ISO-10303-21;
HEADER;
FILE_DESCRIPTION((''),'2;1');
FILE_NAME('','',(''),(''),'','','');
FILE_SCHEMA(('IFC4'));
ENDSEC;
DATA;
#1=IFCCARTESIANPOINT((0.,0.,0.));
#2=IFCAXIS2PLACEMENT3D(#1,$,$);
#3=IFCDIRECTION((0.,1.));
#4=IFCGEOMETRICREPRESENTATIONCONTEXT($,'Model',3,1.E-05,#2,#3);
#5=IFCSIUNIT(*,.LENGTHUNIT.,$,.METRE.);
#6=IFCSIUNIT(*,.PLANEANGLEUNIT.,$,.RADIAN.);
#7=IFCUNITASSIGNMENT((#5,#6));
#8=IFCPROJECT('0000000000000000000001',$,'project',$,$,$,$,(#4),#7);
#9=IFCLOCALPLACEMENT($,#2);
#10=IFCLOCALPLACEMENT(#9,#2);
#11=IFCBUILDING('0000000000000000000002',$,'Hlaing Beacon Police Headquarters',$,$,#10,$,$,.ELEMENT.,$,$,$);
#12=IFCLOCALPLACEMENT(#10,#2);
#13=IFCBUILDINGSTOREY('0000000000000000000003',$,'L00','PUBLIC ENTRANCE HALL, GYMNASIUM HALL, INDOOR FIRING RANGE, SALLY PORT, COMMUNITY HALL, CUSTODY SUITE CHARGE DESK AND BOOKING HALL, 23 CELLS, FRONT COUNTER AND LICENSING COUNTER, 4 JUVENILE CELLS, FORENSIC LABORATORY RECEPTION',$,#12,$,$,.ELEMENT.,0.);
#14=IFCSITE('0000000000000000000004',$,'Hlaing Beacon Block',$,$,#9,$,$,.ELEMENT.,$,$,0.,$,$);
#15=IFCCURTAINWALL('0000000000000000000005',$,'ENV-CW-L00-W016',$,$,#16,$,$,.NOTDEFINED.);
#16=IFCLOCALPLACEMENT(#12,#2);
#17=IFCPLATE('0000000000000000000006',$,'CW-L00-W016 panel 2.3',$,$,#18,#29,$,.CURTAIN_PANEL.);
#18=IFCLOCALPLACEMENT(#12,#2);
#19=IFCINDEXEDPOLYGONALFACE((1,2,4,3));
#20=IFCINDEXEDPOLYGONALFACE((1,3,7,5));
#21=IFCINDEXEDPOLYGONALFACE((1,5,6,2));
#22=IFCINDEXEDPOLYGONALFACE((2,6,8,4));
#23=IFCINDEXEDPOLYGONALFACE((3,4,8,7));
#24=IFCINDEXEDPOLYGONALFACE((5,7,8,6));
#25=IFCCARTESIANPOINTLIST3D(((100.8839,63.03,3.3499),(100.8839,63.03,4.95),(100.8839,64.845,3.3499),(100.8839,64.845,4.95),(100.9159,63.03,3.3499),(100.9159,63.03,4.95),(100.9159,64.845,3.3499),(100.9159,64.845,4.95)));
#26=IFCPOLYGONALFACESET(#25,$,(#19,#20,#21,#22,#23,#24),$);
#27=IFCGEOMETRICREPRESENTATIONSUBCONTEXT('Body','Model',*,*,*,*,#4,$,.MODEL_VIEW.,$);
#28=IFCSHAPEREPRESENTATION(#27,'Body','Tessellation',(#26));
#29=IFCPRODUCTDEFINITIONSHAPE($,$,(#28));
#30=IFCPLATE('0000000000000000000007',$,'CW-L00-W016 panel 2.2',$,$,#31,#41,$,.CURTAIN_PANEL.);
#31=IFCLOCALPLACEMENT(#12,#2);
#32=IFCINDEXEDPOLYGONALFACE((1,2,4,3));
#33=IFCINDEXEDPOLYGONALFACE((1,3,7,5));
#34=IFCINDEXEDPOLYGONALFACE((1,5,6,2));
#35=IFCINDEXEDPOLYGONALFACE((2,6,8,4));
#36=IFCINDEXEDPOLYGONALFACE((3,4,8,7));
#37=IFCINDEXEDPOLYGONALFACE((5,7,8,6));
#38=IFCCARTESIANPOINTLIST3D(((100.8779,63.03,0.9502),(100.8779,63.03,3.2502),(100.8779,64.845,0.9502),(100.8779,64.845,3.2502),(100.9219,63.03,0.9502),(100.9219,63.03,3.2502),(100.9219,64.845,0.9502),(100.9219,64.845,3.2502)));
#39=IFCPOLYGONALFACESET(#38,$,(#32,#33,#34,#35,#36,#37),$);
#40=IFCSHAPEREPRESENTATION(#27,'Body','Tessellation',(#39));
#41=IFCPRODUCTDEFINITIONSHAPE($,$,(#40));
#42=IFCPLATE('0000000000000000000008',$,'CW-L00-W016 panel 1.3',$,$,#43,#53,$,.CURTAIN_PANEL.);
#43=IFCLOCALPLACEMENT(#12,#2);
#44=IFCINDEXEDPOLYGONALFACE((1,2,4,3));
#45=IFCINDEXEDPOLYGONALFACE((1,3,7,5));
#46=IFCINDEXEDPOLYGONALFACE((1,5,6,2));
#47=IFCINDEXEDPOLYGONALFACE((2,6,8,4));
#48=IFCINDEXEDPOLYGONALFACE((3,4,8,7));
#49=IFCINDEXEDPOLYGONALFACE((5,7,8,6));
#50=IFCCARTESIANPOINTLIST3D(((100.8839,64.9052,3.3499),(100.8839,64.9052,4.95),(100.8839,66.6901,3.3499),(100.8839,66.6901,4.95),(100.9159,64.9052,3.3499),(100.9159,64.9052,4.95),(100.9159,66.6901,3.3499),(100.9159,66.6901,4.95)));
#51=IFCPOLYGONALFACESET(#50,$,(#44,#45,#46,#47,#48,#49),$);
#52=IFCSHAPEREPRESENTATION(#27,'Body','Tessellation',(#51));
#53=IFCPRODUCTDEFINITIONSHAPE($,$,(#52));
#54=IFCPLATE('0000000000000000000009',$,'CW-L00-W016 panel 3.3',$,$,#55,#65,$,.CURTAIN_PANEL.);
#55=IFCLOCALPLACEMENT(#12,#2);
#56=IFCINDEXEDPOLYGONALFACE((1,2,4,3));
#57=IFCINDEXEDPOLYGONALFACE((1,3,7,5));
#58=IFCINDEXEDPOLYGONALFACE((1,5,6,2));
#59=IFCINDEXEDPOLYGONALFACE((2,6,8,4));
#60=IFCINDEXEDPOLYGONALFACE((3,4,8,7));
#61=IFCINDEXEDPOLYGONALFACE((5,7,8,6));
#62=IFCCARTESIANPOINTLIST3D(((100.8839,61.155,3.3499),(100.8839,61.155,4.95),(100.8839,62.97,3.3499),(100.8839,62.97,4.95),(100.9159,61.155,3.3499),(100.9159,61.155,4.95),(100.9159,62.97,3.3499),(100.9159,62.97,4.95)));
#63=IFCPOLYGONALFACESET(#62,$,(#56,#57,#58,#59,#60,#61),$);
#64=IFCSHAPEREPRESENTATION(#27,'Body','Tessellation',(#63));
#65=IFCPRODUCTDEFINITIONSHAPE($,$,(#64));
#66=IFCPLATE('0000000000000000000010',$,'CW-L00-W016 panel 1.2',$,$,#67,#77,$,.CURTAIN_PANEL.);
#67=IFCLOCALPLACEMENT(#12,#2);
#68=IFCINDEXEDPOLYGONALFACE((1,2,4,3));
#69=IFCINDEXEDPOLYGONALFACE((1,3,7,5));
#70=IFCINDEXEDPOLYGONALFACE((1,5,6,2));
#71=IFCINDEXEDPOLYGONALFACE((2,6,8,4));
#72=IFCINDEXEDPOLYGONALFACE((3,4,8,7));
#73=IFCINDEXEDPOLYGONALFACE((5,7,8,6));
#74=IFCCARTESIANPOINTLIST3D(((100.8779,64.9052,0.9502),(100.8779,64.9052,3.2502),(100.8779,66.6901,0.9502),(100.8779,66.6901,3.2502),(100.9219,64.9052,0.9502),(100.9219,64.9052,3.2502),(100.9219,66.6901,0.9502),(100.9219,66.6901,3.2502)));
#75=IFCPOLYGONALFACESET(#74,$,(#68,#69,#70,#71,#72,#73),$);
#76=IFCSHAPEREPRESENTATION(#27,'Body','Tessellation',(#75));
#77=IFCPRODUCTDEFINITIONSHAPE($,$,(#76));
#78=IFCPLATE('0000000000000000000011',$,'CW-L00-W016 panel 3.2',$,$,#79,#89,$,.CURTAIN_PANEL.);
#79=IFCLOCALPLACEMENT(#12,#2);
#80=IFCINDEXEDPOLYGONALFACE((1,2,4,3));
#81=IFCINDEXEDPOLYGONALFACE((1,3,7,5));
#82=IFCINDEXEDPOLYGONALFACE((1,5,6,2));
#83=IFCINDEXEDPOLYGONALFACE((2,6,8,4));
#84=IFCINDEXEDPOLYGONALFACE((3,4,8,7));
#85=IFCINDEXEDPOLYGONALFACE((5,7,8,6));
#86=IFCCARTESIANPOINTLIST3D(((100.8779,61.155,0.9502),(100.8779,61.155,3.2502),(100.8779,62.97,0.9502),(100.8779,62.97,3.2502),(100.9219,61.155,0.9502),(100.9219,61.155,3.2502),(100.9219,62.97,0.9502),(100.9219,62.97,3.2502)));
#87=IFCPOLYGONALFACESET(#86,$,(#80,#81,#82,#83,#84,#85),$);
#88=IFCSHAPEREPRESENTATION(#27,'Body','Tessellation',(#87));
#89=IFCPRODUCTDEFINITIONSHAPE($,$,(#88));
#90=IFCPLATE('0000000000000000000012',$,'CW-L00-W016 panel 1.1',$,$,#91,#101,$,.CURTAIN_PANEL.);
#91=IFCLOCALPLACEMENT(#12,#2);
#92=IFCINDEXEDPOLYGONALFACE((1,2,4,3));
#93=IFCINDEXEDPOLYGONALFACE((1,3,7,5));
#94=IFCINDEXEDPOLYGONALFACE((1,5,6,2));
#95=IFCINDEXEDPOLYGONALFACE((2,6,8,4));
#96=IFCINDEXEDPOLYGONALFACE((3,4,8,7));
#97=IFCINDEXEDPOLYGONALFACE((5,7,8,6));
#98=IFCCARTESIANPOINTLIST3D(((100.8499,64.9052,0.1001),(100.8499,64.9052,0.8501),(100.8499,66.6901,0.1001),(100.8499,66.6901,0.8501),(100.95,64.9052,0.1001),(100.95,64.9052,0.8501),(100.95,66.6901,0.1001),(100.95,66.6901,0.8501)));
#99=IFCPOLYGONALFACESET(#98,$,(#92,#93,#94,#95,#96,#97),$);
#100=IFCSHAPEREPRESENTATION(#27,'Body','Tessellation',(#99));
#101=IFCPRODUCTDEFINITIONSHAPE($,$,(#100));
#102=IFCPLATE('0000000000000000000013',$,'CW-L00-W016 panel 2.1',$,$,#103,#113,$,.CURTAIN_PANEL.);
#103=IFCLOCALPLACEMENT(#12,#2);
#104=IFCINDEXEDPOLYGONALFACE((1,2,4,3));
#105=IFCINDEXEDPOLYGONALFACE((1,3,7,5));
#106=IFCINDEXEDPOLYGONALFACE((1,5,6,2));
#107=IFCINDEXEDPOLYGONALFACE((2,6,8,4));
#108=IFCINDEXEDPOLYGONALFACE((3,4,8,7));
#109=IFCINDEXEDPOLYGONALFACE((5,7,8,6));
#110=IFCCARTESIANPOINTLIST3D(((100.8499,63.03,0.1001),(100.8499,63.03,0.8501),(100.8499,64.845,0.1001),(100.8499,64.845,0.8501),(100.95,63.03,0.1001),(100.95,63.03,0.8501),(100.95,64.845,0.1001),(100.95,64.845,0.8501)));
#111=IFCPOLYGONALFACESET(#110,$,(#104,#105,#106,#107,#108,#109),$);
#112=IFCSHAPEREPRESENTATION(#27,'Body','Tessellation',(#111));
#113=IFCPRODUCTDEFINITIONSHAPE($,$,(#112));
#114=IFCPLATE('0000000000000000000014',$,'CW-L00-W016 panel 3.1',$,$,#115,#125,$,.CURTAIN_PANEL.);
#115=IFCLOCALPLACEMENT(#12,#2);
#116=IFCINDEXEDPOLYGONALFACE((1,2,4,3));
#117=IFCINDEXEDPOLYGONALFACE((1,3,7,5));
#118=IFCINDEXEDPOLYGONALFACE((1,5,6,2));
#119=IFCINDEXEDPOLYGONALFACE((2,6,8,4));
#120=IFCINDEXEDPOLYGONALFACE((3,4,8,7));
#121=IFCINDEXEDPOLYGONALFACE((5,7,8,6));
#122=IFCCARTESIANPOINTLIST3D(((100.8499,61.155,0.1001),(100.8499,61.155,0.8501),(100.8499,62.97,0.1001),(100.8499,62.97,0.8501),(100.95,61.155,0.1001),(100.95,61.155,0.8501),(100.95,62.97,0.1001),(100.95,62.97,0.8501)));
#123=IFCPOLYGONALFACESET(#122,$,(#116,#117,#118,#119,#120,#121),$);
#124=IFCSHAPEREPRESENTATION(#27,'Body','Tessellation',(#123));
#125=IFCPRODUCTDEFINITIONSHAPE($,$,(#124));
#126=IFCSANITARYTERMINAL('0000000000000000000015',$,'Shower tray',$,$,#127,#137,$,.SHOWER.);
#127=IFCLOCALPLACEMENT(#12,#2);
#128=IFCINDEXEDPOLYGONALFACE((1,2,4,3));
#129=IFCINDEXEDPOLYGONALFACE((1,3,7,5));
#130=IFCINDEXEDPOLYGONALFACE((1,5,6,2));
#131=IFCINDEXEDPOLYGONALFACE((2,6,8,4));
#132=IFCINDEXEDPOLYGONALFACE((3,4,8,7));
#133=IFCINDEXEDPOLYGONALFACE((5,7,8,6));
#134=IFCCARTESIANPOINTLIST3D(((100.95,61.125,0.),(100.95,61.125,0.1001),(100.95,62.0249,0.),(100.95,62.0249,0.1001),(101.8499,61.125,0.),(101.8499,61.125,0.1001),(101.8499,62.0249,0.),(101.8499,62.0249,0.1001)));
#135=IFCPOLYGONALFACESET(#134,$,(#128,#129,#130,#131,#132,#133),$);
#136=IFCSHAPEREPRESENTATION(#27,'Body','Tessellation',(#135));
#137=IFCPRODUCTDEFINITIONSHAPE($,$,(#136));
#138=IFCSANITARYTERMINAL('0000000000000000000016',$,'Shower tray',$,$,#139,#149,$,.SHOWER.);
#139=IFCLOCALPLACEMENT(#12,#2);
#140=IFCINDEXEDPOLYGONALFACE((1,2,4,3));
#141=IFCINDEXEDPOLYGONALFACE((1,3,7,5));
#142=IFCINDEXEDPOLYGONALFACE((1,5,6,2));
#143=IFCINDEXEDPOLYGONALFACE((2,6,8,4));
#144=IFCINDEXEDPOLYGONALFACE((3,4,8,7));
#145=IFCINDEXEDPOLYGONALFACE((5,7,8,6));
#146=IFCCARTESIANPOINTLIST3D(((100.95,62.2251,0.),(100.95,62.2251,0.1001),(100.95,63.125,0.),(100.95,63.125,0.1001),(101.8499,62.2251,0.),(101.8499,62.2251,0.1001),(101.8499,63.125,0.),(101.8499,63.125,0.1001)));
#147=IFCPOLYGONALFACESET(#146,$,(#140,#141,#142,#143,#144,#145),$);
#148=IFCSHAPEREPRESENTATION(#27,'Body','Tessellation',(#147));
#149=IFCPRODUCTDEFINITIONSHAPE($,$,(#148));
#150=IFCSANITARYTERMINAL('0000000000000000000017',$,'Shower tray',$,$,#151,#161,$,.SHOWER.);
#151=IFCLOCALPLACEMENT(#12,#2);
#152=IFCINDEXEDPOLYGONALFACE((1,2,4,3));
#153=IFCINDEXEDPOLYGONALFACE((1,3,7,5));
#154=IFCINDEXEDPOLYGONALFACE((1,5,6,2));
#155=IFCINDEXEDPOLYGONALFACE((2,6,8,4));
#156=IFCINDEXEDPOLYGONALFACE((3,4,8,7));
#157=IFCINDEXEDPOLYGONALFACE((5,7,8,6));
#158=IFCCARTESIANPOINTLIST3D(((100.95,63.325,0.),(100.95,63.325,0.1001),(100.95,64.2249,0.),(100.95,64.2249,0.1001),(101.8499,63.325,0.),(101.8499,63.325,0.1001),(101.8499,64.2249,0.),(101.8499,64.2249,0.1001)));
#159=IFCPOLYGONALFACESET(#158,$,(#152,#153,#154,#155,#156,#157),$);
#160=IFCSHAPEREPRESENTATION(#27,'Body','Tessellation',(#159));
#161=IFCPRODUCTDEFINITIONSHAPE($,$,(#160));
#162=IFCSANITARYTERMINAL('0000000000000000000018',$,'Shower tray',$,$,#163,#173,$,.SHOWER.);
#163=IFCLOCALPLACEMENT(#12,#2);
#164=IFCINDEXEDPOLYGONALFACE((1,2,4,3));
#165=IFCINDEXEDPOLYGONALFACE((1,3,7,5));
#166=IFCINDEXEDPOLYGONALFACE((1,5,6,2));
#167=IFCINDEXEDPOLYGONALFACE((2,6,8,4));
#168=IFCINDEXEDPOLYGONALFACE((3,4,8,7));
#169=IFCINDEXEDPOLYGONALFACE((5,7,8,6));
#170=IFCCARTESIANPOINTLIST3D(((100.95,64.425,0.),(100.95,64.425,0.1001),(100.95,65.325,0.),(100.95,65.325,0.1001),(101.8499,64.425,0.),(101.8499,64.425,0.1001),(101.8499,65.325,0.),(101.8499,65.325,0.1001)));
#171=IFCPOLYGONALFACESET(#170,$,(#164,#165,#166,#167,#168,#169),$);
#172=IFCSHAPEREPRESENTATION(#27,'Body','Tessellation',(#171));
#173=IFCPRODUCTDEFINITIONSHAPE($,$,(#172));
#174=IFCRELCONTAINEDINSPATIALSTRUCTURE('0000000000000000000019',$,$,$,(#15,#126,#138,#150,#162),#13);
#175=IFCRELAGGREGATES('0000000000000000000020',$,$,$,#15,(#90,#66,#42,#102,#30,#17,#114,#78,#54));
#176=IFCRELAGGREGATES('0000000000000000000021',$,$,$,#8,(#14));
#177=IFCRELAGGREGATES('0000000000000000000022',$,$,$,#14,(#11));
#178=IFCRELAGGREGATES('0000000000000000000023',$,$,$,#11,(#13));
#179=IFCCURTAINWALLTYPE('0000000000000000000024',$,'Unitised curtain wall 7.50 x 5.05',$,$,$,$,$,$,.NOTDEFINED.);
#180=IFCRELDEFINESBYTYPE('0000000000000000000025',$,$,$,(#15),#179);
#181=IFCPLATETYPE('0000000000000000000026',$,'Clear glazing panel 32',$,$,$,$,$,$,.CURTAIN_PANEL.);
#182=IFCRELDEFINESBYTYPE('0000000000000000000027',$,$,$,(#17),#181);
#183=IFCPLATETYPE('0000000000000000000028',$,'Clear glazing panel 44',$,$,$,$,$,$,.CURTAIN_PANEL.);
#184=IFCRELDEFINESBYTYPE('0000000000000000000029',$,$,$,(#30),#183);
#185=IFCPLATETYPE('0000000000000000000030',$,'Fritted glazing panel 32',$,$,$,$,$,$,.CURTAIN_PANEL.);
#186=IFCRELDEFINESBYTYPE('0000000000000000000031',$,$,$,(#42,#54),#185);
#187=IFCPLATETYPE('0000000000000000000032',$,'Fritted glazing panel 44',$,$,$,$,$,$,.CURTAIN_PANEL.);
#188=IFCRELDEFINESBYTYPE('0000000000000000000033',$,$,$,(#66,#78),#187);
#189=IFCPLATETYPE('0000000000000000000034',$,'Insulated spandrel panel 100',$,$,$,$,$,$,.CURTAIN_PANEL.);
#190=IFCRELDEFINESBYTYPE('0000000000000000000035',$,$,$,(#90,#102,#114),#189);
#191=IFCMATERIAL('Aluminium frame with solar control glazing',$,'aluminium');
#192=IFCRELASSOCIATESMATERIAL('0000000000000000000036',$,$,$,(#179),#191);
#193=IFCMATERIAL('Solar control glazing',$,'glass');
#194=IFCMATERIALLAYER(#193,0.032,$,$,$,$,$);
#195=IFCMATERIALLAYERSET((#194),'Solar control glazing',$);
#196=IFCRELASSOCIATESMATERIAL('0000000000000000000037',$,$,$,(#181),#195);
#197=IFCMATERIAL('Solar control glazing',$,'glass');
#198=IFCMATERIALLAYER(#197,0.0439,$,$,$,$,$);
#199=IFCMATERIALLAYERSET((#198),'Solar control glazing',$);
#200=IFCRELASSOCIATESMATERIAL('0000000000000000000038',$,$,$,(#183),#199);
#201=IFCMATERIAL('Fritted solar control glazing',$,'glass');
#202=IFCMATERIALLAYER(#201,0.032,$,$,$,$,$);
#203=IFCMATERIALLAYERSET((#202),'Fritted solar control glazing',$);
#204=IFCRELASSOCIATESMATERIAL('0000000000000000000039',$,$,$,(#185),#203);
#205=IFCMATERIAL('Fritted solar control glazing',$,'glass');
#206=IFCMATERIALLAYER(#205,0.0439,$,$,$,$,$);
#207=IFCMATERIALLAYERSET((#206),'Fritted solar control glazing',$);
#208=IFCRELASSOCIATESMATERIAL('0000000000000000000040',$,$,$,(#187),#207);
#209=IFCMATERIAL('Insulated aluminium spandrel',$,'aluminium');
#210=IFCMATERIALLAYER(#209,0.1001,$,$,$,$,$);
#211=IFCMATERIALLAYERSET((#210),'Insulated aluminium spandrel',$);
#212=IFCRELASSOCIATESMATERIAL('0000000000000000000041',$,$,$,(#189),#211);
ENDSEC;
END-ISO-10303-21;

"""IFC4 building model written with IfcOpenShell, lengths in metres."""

from ifc_helpers import new_model, si_unit, direction, frame, origin, origin_2d, place, context, subcontext, project, spatial, rectangle, extrude, material, layer, layer_set, type_object, element, aggregate, save


model = new_model("IFC4")

# Units and contexts
model_context = context("Model", 3, precision=1e-05, world=origin(), true_north=direction((0.0, 1.0)))
body_context = subcontext(model_context, "Body", "Model", "MODEL_VIEW")
ifc_project = project(units=[si_unit("LENGTHUNIT", "METRE"), si_unit("PLANEANGLEUNIT", "RADIAN")], contexts=[model_context])

# Site, building, storey
site_placement = place(None, origin())
site = spatial("IfcSite", under=ifc_project, at=site_placement, Name="Hlaing Beacon Block", CompositionType="ELEMENT", RefElevation=0.0)
building_placement = place(site_placement, origin())
building = spatial("IfcBuilding", under=site, at=building_placement, Name="Hlaing Beacon Police Headquarters", CompositionType="ELEMENT")
storey_placement = place(building_placement, origin())
storey = spatial("IfcBuildingStorey", under=building, at=storey_placement, Name="L00", Description="PUBLIC ENTRANCE HALL, GYMNASIUM HALL, INDOOR FIRING RANGE, SALLY PORT, COMMUNITY HALL, CUSTODY SUITE CHARGE DESK AND BOOKING HALL, 23 CELLS, FRONT COUNTER AND LICENSING COUNTER, 4 JUVENILE CELLS, FORENSIC LABORATORY RECEPTION", CompositionType="ELEMENT", Elevation=0.0)

# Curtain wall, plates
ifc_material_1 = material(Name="Aluminium frame with solar control glazing", Category="aluminium")
curtain_wall_type = type_object("IfcCurtainWallType", Name="Unitised curtain wall 7.50 x 5.05", PredefinedType="NOTDEFINED", material=ifc_material_1)
curtain_wall_placement = place(storey_placement, origin())
curtain_wall = element("IfcCurtainWall", 1, at=curtain_wall_placement, inside=storey, type_object=curtain_wall_type, Name="ENV-CW-L00-W016", PredefinedType="NOTDEFINED")
ifc_material_2 = material(Name="Solar control glazing", Category="glass")
ifc_layer_1 = layer(ifc_material_2, 0.032)
ifc_layer_set_1 = layer_set([ifc_layer_1], Name="Solar control glazing")
plate_type_1 = type_object("IfcPlateType", Name="Clear glazing panel 32", PredefinedType="CURTAIN_PANEL", material=ifc_layer_set_1)
plate_1_placement = place(storey_placement, frame((100.8999, 63.9375, 3.3499), z_axis=(0.0, 0.0, 1.0), x_axis=(0.0, -1.0, 0.0)))
plate_1 = element("IfcPlate", 2, at=plate_1_placement, type_object=plate_type_1, Name="CW-L00-W016 panel 2.3", PredefinedType="CURTAIN_PANEL", context=body_context, shape_type="SweptSolid", body=[
    extrude(rectangle(XDim=1.8149, YDim=0.032, at=origin_2d()), origin(), (0.0, 0.0, 1.0), 1.6001),
])
ifc_material_3 = material(Name="Solar control glazing", Category="glass")
ifc_layer_2 = layer(ifc_material_3, 0.0439)
ifc_layer_set_2 = layer_set([ifc_layer_2], Name="Solar control glazing")
plate_type_2 = type_object("IfcPlateType", Name="Clear glazing panel 44", PredefinedType="CURTAIN_PANEL", material=ifc_layer_set_2)
plate_2_placement = place(storey_placement, frame((100.8999, 63.9375, 0.9502), z_axis=(0.0, 0.0, 1.0), x_axis=(0.0, -1.0, 0.0)))
plate_2 = element("IfcPlate", 3, at=plate_2_placement, type_object=plate_type_2, Name="CW-L00-W016 panel 2.2", PredefinedType="CURTAIN_PANEL", context=body_context, shape_type="SweptSolid", body=[
    extrude(rectangle(XDim=1.8149, YDim=0.0439, at=origin_2d()), origin(), (0.0, 0.0, 1.0), 2.3),
])
ifc_material_4 = material(Name="Fritted solar control glazing", Category="glass")
ifc_layer_3 = layer(ifc_material_4, 0.032)
ifc_layer_set_3 = layer_set([ifc_layer_3], Name="Fritted solar control glazing")
plate_type_3 = type_object("IfcPlateType", Name="Fritted glazing panel 32", PredefinedType="CURTAIN_PANEL", material=ifc_layer_set_3)
plate_3_placement = place(storey_placement, frame((100.8999, 65.7976, 3.3499), z_axis=(0.0, 0.0, 1.0), x_axis=(0.0, -1.0, 0.0)))
plate_3 = element("IfcPlate", 4, at=plate_3_placement, type_object=plate_type_3, Name="CW-L00-W016 panel 1.3", PredefinedType="CURTAIN_PANEL", context=body_context, shape_type="SweptSolid", body=[
    extrude(rectangle(XDim=1.7849, YDim=0.032, at=origin_2d()), origin(), (0.0, 0.0, 1.0), 1.6001),
])
plate_4_placement = place(storey_placement, frame((100.8999, 62.0625, 3.3499), z_axis=(0.0, 0.0, 1.0), x_axis=(0.0, -1.0, 0.0)))
plate_4 = element("IfcPlate", 5, at=plate_4_placement, type_object=plate_type_3, Name="CW-L00-W016 panel 3.3", PredefinedType="CURTAIN_PANEL", context=body_context, shape_type="SweptSolid", body=[
    extrude(rectangle(XDim=1.8149, YDim=0.032, at=origin_2d()), origin(), (0.0, 0.0, 1.0), 1.6001),
])
ifc_material_5 = material(Name="Fritted solar control glazing", Category="glass")
ifc_layer_4 = layer(ifc_material_5, 0.0439)
ifc_layer_set_4 = layer_set([ifc_layer_4], Name="Fritted solar control glazing")
plate_type_4 = type_object("IfcPlateType", Name="Fritted glazing panel 44", PredefinedType="CURTAIN_PANEL", material=ifc_layer_set_4)
plate_5_placement = place(storey_placement, frame((100.8999, 65.7976, 0.9502), z_axis=(0.0, 0.0, 1.0), x_axis=(0.0, -1.0, 0.0)))
plate_5 = element("IfcPlate", 6, at=plate_5_placement, type_object=plate_type_4, Name="CW-L00-W016 panel 1.2", PredefinedType="CURTAIN_PANEL", context=body_context, shape_type="SweptSolid", body=[
    extrude(rectangle(XDim=1.7849, YDim=0.0439, at=origin_2d()), origin(), (0.0, 0.0, 1.0), 2.3),
])
plate_6_placement = place(storey_placement, frame((100.8999, 62.0625, 0.9502), z_axis=(0.0, 0.0, 1.0), x_axis=(0.0, -1.0, 0.0)))
plate_6 = element("IfcPlate", 7, at=plate_6_placement, type_object=plate_type_4, Name="CW-L00-W016 panel 3.2", PredefinedType="CURTAIN_PANEL", context=body_context, shape_type="SweptSolid", body=[
    extrude(rectangle(XDim=1.8149, YDim=0.0439, at=origin_2d()), origin(), (0.0, 0.0, 1.0), 2.3),
])
ifc_material_6 = material(Name="Insulated aluminium spandrel", Category="aluminium")
ifc_layer_5 = layer(ifc_material_6, 0.1001)
ifc_layer_set_5 = layer_set([ifc_layer_5], Name="Insulated aluminium spandrel")
plate_type_5 = type_object("IfcPlateType", Name="Insulated spandrel panel 100", PredefinedType="CURTAIN_PANEL", material=ifc_layer_set_5)
plate_7_placement = place(storey_placement, frame((100.8999, 65.7976, 0.1001), z_axis=(0.0, 0.0, 1.0), x_axis=(0.0, -1.0, 0.0)))
plate_7 = element("IfcPlate", 8, at=plate_7_placement, type_object=plate_type_5, Name="CW-L00-W016 panel 1.1", PredefinedType="CURTAIN_PANEL", context=body_context, shape_type="SweptSolid", body=[
    extrude(rectangle(XDim=1.7849, YDim=0.1001, at=origin_2d()), origin(), (0.0, 0.0, 1.0), 0.75),
])
plate_8_placement = place(storey_placement, frame((100.8999, 63.9375, 0.1001), z_axis=(0.0, 0.0, 1.0), x_axis=(0.0, -1.0, 0.0)))
plate_8 = element("IfcPlate", 9, at=plate_8_placement, type_object=plate_type_5, Name="CW-L00-W016 panel 2.1", PredefinedType="CURTAIN_PANEL", context=body_context, shape_type="SweptSolid", body=[
    extrude(rectangle(XDim=1.8149, YDim=0.1001, at=origin_2d()), origin(), (0.0, 0.0, 1.0), 0.75),
])
plate_9_placement = place(storey_placement, frame((100.8999, 62.0625, 0.1001), z_axis=(0.0, 0.0, 1.0), x_axis=(0.0, -1.0, 0.0)))
plate_9 = element("IfcPlate", 10, at=plate_9_placement, type_object=plate_type_5, Name="CW-L00-W016 panel 3.1", PredefinedType="CURTAIN_PANEL", context=body_context, shape_type="SweptSolid", body=[
    extrude(rectangle(XDim=1.8149, YDim=0.1001, at=origin_2d()), origin(), (0.0, 0.0, 1.0), 0.75),
])
aggregate(curtain_wall, [plate_7, plate_5, plate_3, plate_8, plate_2, plate_1, plate_9, plate_6, plate_4])

# Sanitary terminals
for number, where, z_axis, x_axis, name in (
    (11, (101.3999, 61.575, 0.0), (0.0, 0.0, 1.0), (1.0, 0.0, 0.0), "Shower tray"),
    (12, (101.3999, 62.675, 0.0), (0.0, 0.0, 1.0), (1.0, 0.0, 0.0), "Shower tray"),
    (13, (101.3999, 63.7749, 0.0), (0.0, 0.0, 1.0), (1.0, 0.0, 0.0), "Shower tray"),
    (14, (101.3999, 64.875, 0.0), (0.0, 0.0, 1.0), (1.0, 0.0, 0.0), "Shower tray"),
):
    element("IfcSanitaryTerminal", number, at=place(storey_placement, frame(where, z_axis=z_axis, x_axis=x_axis)), inside=storey, Name=name, PredefinedType="SHOWER", context=body_context, shape_type="SweptSolid", body=[
        extrude(rectangle(XDim=0.8999, YDim=0.8999, at=origin_2d()), origin(), (0.0, 0.0, 1.0), 0.1001),
    ])

save(model, "model.ifc")
